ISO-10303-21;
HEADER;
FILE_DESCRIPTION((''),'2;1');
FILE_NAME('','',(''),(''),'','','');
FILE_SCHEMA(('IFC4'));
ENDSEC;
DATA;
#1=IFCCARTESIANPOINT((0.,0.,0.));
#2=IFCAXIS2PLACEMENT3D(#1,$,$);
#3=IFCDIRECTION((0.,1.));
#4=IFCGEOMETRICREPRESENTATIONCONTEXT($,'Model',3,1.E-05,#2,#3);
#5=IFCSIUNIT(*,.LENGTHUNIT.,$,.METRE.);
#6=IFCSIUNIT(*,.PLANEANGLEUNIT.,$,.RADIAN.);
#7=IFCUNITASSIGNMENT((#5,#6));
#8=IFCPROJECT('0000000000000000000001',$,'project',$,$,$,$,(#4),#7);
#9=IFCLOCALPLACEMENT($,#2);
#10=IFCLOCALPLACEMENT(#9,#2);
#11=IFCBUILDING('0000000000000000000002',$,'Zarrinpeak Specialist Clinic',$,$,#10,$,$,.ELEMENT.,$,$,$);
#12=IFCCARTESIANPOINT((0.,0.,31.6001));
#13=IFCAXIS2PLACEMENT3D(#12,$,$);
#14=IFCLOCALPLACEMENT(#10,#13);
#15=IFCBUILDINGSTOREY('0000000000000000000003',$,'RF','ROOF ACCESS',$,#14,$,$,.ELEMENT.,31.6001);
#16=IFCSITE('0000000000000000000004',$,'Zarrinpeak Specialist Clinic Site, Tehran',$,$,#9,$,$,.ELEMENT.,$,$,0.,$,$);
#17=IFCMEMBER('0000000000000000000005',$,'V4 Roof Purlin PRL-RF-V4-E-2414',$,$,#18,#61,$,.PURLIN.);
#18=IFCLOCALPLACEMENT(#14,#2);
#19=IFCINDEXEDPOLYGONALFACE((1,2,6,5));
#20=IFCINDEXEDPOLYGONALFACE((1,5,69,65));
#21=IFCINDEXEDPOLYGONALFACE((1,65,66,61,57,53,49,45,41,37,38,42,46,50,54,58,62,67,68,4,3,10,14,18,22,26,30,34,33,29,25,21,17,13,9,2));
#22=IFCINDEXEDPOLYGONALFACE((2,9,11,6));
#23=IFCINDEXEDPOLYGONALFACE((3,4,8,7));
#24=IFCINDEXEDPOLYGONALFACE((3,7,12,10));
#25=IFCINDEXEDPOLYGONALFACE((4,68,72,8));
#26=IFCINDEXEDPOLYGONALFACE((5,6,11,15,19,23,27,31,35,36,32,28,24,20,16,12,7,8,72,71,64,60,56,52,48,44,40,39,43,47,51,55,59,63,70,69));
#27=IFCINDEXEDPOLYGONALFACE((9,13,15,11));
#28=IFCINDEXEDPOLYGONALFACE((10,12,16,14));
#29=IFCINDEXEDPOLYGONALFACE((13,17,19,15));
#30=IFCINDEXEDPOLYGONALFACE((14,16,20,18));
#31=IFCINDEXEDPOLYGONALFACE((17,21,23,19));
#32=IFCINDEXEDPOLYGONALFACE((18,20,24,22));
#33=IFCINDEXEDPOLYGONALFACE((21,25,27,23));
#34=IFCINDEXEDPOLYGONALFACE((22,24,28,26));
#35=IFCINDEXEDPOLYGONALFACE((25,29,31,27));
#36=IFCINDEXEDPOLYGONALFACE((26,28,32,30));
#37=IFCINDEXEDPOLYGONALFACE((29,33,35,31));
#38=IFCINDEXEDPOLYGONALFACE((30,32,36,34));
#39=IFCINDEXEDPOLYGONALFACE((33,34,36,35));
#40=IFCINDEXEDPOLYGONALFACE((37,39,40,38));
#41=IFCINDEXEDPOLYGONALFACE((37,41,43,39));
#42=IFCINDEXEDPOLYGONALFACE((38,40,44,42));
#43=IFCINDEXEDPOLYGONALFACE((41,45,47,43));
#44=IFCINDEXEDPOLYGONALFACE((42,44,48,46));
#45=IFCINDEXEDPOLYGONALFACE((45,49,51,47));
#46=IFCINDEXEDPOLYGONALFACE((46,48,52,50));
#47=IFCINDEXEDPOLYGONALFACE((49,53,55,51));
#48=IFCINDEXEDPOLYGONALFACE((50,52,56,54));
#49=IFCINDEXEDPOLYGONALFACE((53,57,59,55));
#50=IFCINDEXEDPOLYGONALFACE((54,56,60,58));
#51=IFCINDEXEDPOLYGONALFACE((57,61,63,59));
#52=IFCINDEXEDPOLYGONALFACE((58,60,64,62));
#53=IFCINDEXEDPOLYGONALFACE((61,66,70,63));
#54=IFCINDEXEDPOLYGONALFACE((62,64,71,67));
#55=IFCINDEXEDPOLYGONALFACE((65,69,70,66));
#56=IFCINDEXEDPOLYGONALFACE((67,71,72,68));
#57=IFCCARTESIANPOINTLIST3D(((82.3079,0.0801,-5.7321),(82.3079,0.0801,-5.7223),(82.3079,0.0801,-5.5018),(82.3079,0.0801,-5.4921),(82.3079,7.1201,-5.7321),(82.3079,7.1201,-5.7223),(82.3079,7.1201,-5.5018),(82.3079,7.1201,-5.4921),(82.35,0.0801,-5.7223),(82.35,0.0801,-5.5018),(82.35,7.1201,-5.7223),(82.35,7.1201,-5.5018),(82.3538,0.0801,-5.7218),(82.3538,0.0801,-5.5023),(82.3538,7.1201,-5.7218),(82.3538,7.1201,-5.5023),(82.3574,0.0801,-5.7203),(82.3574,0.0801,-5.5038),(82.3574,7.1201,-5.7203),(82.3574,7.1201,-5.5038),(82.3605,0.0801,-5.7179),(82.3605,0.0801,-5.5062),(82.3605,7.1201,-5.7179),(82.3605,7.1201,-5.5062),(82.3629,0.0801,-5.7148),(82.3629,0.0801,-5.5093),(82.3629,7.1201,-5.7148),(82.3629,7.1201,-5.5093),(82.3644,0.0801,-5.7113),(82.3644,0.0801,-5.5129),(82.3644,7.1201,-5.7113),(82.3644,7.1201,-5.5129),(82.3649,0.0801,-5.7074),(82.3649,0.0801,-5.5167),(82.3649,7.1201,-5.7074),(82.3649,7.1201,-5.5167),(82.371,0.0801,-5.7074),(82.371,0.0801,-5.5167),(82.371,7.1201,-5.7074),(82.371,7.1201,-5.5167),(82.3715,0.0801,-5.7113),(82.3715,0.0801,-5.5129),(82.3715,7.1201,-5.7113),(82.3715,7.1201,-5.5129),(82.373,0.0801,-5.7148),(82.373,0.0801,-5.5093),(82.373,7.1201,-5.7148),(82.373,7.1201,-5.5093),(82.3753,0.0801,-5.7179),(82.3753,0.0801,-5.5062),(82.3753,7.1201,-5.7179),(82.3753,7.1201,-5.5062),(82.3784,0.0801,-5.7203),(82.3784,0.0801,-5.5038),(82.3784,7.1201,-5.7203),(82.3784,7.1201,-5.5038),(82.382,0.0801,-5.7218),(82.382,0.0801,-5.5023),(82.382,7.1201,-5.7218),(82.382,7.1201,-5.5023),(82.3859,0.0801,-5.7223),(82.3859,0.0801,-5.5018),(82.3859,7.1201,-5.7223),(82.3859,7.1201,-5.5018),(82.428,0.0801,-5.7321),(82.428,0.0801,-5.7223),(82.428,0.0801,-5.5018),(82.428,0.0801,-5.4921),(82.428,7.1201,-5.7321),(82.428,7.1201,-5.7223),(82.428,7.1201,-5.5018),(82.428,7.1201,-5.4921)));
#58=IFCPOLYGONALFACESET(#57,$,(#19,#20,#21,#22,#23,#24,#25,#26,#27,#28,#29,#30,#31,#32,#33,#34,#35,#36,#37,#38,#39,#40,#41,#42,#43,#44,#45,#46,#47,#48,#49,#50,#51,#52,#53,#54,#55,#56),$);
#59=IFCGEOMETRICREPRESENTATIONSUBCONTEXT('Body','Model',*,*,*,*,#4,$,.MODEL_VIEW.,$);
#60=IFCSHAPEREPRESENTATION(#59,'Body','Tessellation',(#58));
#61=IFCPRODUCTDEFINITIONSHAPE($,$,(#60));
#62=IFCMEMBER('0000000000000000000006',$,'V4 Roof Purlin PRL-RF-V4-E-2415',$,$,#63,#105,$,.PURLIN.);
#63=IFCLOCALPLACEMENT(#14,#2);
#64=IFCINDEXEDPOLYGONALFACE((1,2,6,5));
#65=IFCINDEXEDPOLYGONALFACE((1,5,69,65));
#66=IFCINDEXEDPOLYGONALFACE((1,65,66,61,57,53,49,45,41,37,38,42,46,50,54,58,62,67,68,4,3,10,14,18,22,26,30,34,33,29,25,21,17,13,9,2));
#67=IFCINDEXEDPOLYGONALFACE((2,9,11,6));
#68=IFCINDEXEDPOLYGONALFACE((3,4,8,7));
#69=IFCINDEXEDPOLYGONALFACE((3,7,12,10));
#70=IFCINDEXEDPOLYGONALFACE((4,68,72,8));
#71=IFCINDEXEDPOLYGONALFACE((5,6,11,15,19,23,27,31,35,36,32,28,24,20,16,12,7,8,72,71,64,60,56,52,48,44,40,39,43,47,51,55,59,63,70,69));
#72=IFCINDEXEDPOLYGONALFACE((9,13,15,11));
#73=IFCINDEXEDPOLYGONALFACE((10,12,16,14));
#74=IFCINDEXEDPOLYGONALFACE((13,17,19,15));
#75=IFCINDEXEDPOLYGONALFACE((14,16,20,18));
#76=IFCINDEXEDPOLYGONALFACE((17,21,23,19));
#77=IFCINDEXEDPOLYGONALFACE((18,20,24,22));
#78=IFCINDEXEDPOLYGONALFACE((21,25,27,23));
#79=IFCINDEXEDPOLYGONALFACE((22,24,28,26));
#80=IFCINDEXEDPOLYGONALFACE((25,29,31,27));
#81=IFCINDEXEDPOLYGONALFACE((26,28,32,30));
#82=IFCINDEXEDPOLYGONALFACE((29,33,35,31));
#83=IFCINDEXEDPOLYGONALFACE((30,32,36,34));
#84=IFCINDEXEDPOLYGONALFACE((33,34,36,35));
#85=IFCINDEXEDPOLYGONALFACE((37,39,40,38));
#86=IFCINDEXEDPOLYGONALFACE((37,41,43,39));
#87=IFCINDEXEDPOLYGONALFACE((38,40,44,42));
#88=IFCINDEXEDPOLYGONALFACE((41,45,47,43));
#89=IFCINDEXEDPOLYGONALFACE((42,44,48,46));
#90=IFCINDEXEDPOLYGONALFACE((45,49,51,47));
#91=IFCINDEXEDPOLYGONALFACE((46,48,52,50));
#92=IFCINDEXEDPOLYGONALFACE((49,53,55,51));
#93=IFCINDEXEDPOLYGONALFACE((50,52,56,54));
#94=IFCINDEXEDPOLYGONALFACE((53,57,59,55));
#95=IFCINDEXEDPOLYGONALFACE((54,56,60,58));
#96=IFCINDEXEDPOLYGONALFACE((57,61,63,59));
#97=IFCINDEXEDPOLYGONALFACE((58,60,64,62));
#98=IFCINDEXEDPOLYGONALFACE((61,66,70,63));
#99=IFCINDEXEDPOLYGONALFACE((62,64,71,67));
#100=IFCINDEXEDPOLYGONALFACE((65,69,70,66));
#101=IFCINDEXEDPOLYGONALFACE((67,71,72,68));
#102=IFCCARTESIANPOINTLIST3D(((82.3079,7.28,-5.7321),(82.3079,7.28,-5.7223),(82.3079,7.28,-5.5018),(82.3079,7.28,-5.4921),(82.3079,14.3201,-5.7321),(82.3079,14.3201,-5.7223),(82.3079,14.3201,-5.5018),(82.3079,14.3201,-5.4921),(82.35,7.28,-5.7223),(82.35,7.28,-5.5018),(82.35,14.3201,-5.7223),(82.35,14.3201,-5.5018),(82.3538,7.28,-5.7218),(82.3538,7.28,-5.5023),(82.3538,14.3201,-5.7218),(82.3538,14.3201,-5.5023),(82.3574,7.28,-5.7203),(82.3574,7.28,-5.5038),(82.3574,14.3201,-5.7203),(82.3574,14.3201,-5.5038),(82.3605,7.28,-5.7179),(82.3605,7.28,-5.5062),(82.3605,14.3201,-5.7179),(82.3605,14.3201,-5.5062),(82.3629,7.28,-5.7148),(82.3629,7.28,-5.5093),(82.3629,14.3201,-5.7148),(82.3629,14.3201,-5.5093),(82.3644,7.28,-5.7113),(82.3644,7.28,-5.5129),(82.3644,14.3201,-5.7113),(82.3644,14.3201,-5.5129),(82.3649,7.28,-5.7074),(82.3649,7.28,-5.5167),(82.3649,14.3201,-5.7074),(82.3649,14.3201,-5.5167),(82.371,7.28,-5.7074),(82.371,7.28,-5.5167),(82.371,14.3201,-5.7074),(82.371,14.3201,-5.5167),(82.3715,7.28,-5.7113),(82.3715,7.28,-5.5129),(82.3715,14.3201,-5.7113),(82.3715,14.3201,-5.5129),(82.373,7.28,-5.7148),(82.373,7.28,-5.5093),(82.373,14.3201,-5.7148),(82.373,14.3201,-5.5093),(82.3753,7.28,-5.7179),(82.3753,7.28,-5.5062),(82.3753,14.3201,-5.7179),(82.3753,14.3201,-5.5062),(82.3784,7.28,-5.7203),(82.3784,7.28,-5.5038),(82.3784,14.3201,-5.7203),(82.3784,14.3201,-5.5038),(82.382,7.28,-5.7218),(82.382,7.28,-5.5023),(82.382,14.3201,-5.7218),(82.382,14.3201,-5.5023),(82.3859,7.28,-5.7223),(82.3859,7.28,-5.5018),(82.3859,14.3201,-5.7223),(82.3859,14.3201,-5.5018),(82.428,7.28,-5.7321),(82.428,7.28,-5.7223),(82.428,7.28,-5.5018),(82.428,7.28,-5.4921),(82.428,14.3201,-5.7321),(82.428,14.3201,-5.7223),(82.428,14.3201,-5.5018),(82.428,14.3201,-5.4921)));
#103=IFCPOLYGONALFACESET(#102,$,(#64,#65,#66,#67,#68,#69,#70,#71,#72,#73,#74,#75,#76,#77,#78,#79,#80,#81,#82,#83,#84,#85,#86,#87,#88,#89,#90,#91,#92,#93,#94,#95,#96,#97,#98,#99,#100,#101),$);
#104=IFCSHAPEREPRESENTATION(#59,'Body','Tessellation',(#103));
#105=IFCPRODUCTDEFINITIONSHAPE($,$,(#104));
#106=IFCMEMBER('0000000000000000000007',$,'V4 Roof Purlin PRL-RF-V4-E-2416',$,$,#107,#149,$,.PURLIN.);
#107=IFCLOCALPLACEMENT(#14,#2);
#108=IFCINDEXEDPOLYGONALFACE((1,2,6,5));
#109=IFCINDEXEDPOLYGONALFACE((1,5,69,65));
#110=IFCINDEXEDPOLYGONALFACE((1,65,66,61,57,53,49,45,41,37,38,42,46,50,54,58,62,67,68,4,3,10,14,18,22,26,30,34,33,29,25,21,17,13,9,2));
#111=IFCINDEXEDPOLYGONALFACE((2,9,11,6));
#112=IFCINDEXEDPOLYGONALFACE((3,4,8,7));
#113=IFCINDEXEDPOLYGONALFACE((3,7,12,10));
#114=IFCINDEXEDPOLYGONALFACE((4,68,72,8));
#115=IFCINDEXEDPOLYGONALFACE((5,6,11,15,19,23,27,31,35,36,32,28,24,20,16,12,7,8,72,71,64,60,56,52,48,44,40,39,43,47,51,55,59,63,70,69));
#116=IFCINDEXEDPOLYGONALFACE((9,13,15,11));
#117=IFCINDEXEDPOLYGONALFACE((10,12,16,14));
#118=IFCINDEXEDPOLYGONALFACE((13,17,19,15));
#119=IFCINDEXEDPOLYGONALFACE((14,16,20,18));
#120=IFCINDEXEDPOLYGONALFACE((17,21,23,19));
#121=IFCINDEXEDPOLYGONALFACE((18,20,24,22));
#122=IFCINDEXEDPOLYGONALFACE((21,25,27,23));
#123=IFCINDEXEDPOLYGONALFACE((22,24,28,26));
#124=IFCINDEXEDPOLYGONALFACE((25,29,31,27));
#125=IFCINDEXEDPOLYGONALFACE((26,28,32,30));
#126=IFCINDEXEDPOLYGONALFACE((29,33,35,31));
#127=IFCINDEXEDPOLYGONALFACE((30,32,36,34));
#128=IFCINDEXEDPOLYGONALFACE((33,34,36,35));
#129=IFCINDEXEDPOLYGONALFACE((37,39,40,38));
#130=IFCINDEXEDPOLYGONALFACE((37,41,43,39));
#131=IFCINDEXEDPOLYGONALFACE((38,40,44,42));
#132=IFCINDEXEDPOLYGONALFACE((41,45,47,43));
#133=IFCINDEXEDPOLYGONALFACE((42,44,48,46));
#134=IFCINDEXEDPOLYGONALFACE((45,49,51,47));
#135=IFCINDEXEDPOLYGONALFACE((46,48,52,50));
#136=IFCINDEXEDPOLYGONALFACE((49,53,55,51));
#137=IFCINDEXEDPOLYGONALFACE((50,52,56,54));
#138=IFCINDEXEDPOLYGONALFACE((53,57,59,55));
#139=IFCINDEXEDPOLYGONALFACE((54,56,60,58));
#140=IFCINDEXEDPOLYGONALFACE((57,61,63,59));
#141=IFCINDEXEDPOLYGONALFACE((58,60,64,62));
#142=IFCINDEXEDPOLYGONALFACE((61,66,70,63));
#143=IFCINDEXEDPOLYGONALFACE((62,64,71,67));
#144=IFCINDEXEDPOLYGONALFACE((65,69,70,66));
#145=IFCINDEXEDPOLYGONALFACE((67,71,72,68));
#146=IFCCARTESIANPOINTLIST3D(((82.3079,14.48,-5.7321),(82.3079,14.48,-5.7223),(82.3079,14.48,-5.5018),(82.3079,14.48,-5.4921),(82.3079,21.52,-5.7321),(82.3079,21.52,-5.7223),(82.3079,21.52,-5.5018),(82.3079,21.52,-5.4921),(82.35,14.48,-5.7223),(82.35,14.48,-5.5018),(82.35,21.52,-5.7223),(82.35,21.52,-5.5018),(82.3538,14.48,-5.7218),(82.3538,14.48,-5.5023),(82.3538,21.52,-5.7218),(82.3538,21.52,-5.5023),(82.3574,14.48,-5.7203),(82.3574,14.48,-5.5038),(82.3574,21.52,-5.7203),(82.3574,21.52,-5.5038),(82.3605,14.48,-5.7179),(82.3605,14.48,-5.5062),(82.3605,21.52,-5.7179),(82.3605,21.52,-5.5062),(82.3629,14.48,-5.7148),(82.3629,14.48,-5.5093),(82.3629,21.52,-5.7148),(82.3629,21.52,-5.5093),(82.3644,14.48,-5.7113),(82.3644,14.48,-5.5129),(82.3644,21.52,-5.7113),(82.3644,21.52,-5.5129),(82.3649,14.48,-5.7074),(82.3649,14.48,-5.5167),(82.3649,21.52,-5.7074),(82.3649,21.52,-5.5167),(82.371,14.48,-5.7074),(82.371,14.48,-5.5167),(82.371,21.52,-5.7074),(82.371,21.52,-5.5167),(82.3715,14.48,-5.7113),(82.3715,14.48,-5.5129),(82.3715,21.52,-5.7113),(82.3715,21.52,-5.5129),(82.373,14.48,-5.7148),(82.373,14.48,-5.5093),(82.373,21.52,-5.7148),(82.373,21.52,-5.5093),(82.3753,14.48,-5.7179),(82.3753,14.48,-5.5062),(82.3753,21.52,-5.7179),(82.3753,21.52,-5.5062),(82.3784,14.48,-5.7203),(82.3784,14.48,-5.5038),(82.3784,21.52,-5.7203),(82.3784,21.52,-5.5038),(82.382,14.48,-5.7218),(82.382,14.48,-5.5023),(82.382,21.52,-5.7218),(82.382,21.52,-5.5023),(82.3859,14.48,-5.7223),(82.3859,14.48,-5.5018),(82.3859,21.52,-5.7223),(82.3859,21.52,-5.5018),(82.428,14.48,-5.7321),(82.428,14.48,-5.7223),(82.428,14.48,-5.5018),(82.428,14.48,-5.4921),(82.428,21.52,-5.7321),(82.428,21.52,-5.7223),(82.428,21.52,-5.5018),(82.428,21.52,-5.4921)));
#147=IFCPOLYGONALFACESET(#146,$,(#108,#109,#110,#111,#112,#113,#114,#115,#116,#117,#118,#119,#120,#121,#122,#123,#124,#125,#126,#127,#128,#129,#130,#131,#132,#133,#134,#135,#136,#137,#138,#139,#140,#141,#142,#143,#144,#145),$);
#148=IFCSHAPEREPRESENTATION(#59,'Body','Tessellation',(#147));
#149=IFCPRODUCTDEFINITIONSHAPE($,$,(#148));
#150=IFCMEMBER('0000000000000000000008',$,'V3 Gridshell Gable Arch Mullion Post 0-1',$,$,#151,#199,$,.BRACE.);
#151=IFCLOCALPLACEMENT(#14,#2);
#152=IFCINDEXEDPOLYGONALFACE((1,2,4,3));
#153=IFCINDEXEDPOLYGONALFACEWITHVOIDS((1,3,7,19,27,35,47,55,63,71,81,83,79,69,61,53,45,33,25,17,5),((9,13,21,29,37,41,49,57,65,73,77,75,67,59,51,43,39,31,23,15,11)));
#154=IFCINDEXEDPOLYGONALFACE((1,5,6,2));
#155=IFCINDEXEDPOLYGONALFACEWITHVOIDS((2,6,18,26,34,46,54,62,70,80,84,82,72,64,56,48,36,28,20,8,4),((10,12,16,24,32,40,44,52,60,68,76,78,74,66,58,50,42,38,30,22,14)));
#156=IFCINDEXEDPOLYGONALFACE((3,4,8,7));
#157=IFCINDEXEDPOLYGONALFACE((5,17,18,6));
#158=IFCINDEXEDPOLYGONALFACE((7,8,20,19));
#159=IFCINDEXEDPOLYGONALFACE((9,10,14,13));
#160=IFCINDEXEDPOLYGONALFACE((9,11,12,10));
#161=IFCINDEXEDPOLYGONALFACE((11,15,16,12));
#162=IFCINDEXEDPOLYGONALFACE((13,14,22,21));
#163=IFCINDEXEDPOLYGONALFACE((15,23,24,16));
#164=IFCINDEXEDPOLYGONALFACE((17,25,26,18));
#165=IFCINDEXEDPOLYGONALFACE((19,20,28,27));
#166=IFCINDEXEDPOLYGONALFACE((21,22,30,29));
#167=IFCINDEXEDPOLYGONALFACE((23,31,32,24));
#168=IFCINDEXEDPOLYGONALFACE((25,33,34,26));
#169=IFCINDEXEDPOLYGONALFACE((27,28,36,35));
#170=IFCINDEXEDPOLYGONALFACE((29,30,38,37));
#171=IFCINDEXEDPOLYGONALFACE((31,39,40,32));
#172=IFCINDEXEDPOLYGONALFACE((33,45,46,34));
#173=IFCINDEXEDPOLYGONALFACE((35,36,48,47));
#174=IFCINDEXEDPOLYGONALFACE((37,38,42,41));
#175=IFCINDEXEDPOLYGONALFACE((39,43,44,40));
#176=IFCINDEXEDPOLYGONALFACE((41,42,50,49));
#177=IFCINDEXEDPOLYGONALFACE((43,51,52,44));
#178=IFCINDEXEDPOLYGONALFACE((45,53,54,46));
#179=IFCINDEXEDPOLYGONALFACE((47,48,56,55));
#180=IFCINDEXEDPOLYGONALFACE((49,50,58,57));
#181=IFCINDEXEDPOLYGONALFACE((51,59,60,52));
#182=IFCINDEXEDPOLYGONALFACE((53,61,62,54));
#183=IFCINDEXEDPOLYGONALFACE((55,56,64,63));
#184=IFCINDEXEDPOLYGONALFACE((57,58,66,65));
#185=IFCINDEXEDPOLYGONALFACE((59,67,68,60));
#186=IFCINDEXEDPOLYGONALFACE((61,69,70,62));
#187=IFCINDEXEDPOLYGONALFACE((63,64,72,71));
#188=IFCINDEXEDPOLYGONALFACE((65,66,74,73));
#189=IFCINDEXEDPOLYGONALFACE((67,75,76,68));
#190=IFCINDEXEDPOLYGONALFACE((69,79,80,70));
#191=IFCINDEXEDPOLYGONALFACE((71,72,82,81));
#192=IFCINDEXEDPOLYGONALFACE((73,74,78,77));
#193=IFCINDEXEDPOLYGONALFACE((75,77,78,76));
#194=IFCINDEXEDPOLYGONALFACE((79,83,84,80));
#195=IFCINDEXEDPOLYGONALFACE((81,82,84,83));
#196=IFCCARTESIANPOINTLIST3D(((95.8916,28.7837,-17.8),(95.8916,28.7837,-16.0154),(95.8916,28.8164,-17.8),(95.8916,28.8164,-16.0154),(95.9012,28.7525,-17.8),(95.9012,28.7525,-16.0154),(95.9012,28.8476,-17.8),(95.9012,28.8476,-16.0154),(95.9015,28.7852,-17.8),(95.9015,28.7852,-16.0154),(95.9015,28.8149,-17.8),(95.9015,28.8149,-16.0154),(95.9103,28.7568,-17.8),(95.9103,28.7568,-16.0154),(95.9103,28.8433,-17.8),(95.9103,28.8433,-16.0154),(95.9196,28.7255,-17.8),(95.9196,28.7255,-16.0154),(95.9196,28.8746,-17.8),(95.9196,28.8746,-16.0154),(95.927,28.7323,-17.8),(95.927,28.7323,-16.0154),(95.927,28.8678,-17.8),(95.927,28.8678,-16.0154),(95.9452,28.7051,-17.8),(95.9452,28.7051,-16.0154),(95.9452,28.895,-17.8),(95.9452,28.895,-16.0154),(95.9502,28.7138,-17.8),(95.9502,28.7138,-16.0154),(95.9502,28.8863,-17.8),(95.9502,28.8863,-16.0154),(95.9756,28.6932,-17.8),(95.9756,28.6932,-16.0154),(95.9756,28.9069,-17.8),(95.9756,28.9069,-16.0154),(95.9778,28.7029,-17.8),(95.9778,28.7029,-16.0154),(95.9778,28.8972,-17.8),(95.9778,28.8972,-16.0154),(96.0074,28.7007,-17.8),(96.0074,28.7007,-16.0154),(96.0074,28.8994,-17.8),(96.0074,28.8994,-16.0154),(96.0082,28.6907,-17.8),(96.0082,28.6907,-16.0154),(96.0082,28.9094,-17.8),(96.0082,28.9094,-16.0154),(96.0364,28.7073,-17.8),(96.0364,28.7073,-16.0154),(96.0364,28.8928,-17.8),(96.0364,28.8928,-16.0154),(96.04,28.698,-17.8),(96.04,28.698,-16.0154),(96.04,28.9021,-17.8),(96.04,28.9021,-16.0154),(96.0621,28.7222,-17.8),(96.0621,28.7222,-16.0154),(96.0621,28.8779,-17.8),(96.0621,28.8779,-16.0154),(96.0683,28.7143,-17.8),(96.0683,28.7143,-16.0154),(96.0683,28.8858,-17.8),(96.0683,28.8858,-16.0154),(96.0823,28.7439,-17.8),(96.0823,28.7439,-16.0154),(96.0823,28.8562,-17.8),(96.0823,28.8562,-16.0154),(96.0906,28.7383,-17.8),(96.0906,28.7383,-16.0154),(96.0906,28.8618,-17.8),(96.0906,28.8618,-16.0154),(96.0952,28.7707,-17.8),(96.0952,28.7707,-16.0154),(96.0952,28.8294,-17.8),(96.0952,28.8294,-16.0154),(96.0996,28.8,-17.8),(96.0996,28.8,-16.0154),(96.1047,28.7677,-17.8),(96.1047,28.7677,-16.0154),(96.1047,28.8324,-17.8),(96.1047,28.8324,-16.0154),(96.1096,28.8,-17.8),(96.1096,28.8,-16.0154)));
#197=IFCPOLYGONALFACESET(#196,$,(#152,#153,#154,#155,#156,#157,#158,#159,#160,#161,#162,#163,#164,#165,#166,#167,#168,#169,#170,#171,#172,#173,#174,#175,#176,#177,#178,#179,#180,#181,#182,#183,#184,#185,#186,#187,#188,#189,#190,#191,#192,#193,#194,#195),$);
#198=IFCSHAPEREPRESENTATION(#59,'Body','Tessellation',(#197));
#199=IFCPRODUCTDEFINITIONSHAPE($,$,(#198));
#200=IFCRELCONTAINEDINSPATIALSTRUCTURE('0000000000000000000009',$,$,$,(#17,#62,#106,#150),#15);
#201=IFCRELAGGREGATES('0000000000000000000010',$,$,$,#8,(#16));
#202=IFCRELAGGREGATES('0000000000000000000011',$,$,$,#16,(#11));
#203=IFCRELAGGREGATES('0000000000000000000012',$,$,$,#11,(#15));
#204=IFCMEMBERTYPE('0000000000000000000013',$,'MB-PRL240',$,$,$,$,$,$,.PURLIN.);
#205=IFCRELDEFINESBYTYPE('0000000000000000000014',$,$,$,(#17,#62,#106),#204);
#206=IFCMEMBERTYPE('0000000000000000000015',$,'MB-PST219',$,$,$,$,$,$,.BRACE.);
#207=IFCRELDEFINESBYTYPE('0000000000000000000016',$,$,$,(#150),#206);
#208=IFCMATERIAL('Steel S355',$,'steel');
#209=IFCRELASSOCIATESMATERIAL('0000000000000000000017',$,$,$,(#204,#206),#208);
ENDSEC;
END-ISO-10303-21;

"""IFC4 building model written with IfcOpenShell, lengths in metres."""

from ifc_helpers import new_model, si_unit, direction, frame, origin, origin_2d, place, context, subcontext, project, spatial, hollow_circle, i_section, extrude, material, material_profile, profile_set, type_object, element, save


model = new_model("IFC4")

# Units and contexts
model_context = context("Model", 3, precision=1e-05, world=origin(), true_north=direction((0.0, 1.0)))
body_context = subcontext(model_context, "Body", "Model", "MODEL_VIEW")
ifc_project = project(units=[si_unit("LENGTHUNIT", "METRE"), si_unit("PLANEANGLEUNIT", "RADIAN")], contexts=[model_context])

# Site, building, storey
site_placement = place(None, origin())
site = spatial("IfcSite", under=ifc_project, at=site_placement, Name="Zarrinpeak Specialist Clinic Site, Tehran", CompositionType="ELEMENT", RefElevation=0.0)
building_placement = place(site_placement, origin())
building = spatial("IfcBuilding", under=site, at=building_placement, Name="Zarrinpeak Specialist Clinic", CompositionType="ELEMENT")
storey_placement = place(building_placement, frame((0.0, 0.0, 31.6001)))
storey = spatial("IfcBuildingStorey", under=building, at=storey_placement, Name="RF", Description="ROOF ACCESS", CompositionType="ELEMENT", Elevation=31.6001)

# Shared definitions
ifc_material_1 = material(Name="Steel S355", Category="steel")

# Members
ifc_material_profile_1 = material_profile(ifc_material_1, i_section(OverallWidth=0.1201, OverallDepth=0.24, WebThickness=0.0061, FlangeThickness=0.0098, FilletRadius=0.0149, at=origin_2d()), Name="IPE 240")
ifc_profile_set_1 = profile_set([ifc_material_profile_1], Name="Steel S355")
member_type_1 = type_object("IfcMemberType", Name="MB-PRL240", PredefinedType="PURLIN", material=ifc_profile_set_1)
for number, where, z_axis, x_axis, name in (
    (1, (82.3679, 0.0801, -5.6121), (0.0, 1.0, 0.0), (-1.0, 0.0, 0.0), "V4 Roof Purlin PRL-RF-V4-E-2414"),
    (2, (82.3679, 7.28, -5.6121), (0.0, 1.0, 0.0), (-1.0, 0.0, 0.0), "V4 Roof Purlin PRL-RF-V4-E-2415"),
    (3, (82.3679, 14.48, -5.6121), (0.0, 1.0, 0.0), (-1.0, 0.0, 0.0), "V4 Roof Purlin PRL-RF-V4-E-2416"),
):
    element("IfcMember", number, at=place(storey_placement, frame(where, z_axis=z_axis, x_axis=x_axis)), inside=storey, type_object=member_type_1, Name=name, PredefinedType="PURLIN", context=body_context, shape_type="SweptSolid", body=[
        extrude(i_section(OverallWidth=0.1201, OverallDepth=0.24, WebThickness=0.0061, FlangeThickness=0.0098, FilletRadius=0.0149, at=origin_2d()), origin(), (0.0, 0.0, 1.0), 7.04),
    ])
ifc_material_profile_2 = material_profile(ifc_material_1, hollow_circle(Radius=0.1096, WallThickness=0.01, at=origin_2d()), Name="CHS 219.1x10.0")
ifc_profile_set_2 = profile_set([ifc_material_profile_2], Name="Steel S355")
member_type_2 = type_object("IfcMemberType", Name="MB-PST219", PredefinedType="BRACE", material=ifc_profile_set_2)
member_1_placement = place(storey_placement, frame((96.0, 28.8, -17.8), z_axis=(0.0, 0.0, 1.0), x_axis=(1.0, 0.0, 0.0)))
element("IfcMember", 4, at=member_1_placement, inside=storey, type_object=member_type_2, Name="V3 Gridshell Gable Arch Mullion Post 0-1", PredefinedType="BRACE", context=body_context, shape_type="SweptSolid", body=[
    extrude(hollow_circle(Radius=0.1096, WallThickness=0.01, at=origin_2d()), origin(), (0.0, 0.0, 1.0), 1.7847),
])

save(model, "model.ifc")
